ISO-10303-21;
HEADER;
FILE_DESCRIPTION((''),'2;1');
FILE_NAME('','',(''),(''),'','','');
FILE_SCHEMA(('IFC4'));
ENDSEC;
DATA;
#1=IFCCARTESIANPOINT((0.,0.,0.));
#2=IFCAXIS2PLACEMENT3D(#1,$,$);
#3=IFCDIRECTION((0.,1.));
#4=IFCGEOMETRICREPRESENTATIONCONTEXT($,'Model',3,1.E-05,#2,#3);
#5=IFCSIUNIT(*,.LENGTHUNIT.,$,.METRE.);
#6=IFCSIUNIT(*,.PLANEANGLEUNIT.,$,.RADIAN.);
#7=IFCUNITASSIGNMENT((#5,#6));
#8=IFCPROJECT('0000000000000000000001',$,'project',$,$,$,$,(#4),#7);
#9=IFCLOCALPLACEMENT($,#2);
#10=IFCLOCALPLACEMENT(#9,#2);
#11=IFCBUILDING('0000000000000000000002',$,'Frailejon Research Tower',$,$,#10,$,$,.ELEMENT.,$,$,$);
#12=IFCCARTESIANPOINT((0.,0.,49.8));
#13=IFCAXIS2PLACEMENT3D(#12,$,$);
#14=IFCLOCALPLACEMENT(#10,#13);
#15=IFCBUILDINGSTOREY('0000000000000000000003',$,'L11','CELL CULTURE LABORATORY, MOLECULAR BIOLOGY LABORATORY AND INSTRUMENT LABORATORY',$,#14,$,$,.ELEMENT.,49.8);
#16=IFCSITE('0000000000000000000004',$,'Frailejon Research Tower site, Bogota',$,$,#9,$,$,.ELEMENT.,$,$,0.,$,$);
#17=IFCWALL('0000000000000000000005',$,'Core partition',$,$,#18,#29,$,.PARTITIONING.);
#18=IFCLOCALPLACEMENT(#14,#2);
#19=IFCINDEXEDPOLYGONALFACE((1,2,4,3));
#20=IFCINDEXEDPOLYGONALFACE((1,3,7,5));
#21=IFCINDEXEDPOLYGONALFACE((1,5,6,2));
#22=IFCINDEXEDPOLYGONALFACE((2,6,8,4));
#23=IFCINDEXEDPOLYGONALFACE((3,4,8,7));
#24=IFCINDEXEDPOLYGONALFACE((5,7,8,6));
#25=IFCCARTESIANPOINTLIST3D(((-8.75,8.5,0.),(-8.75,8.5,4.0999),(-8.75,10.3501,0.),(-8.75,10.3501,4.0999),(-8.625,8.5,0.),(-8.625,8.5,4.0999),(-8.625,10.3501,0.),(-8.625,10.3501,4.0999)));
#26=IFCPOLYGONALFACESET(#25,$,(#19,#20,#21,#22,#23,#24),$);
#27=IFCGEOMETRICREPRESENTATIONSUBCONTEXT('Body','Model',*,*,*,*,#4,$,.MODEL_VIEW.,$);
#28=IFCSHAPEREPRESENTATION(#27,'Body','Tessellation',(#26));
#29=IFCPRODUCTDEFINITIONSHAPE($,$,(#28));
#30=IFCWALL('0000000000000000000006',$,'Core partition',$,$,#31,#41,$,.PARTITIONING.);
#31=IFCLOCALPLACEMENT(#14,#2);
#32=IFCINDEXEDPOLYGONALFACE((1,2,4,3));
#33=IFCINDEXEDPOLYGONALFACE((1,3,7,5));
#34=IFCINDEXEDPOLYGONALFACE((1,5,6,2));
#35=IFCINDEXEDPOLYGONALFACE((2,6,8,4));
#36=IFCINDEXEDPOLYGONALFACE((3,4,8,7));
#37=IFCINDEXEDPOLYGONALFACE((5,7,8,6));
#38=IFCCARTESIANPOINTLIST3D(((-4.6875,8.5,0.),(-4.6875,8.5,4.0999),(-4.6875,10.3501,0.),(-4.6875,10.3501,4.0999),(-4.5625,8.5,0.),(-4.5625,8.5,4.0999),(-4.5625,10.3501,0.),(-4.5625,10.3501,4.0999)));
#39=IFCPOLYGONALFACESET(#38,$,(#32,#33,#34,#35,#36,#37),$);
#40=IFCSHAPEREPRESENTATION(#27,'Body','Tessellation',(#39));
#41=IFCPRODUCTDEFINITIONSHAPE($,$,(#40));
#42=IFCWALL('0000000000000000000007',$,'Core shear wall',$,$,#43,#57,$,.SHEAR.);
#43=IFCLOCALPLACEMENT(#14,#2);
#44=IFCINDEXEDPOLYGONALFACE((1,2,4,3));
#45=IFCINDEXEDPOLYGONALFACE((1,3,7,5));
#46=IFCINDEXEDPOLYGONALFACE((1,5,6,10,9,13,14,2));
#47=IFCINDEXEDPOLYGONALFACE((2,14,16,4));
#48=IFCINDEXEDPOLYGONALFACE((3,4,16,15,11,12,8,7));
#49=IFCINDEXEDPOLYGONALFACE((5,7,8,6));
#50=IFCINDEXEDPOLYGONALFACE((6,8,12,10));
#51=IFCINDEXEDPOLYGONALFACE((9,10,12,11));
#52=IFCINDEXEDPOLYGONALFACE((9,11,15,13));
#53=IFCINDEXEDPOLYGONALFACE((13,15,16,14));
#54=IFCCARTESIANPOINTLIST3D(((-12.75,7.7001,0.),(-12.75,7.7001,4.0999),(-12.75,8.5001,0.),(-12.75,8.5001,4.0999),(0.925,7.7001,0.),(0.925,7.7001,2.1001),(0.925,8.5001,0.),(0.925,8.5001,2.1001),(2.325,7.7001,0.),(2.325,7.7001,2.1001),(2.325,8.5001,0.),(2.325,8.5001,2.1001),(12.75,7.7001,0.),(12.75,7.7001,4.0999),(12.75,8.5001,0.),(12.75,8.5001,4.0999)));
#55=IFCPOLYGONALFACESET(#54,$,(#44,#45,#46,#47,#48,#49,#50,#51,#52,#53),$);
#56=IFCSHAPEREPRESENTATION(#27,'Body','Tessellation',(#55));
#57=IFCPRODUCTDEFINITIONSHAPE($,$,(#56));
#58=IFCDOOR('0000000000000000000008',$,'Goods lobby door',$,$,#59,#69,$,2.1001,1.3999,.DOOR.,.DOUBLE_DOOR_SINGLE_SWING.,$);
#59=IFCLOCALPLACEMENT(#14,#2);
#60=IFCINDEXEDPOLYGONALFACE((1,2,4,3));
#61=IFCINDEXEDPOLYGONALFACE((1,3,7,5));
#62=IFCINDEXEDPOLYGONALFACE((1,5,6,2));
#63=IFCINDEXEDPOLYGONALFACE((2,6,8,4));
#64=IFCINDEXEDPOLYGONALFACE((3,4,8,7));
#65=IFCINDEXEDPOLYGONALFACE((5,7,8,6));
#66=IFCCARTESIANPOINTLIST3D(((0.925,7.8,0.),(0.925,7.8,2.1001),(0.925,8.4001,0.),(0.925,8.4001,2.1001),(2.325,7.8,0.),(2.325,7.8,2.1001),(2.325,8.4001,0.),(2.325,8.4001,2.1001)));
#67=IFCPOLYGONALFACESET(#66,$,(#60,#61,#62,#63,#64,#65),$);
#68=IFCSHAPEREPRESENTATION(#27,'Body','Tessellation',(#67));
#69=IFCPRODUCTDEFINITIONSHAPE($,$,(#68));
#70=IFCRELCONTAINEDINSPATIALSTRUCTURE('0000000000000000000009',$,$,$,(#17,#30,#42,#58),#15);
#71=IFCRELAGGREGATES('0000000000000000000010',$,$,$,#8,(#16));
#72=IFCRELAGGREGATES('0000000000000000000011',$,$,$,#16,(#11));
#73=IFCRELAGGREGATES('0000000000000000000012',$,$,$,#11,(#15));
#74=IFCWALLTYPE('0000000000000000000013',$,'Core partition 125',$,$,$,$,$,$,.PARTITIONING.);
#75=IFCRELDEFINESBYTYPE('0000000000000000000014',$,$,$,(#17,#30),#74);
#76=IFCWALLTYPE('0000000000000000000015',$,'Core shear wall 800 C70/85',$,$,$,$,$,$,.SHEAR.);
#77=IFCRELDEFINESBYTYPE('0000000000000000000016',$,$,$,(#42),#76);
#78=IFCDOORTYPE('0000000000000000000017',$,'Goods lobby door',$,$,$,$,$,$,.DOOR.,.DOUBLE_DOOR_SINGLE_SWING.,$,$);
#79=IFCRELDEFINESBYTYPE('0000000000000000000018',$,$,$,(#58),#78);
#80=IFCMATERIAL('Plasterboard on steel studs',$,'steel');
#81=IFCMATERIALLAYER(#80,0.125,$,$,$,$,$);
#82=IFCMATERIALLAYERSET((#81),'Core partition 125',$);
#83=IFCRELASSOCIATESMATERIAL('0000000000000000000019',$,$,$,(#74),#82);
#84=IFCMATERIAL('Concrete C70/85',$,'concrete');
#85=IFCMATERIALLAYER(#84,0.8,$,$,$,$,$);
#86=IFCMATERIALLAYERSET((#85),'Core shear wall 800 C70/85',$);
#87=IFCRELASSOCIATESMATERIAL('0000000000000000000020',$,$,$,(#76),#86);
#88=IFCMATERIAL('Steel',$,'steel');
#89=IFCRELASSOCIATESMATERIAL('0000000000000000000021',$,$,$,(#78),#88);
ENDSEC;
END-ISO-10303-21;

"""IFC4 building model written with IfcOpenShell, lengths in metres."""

from ifc_helpers import new_model, si_unit, direction, frame, frame_2d, origin, place, context, subcontext, project, spatial, rectangle, extrude, material, layer, layer_set, type_object, element, fill, save


model = new_model("IFC4")

# Units and contexts
model_context = context("Model", 3, precision=1e-05, world=origin(), true_north=direction((0.0, 1.0)))
body_context = subcontext(model_context, "Body", "Model", "MODEL_VIEW")
ifc_project = project(units=[si_unit("LENGTHUNIT", "METRE"), si_unit("PLANEANGLEUNIT", "RADIAN")], contexts=[model_context])

# Site, building, storey
site_placement = place(None, origin())
site = spatial("IfcSite", under=ifc_project, at=site_placement, Name="Frailejon Research Tower site, Bogota", CompositionType="ELEMENT", RefElevation=0.0)
building_placement = place(site_placement, origin())
building = spatial("IfcBuilding", under=site, at=building_placement, Name="Frailejon Research Tower", CompositionType="ELEMENT")
storey_placement = place(building_placement, frame((0.0, 0.0, 49.8)))
storey = spatial("IfcBuildingStorey", under=building, at=storey_placement, Name="L11", Description="CELL CULTURE LABORATORY, MOLECULAR BIOLOGY LABORATORY AND INSTRUMENT LABORATORY", CompositionType="ELEMENT", Elevation=49.8)

# Walls
ifc_material_1 = material(Name="Plasterboard on steel studs", Category="steel")
ifc_layer_1 = layer(ifc_material_1, 0.125)
ifc_layer_set_1 = layer_set([ifc_layer_1], Name="Core partition 125")
wall_type_1 = type_object("IfcWallType", Name="Core partition 125", PredefinedType="PARTITIONING", material=ifc_layer_set_1)
for number, where, z_axis, x_axis, name in (
    (1, (-8.6875, 8.5, 0.0), (0.0, 0.0, 1.0), (0.0, 1.0, 0.0), "Core partition"),
    (2, (-4.625, 8.5, 0.0), (0.0, 0.0, 1.0), (0.0, 1.0, 0.0), "Core partition"),
):
    element("IfcWall", number, at=place(storey_placement, frame(where, z_axis=z_axis, x_axis=x_axis)), inside=storey, type_object=wall_type_1, Name=name, PredefinedType="PARTITIONING", context=body_context, shape_type="SweptSolid", body=[
        extrude(rectangle(XDim=1.8501, YDim=0.125, at=frame_2d((0.925, 0.0))), origin(), (0.0, 0.0, 1.0), 4.0999),
    ])

# Wall, opening, door
ifc_material_2 = material(Name="Concrete C70/85", Category="concrete")
ifc_layer_2 = layer(ifc_material_2, 0.8)
ifc_layer_set_2 = layer_set([ifc_layer_2], Name="Core shear wall 800 C70/85")
wall_type_2 = type_object("IfcWallType", Name="Core shear wall 800 C70/85", PredefinedType="SHEAR", material=ifc_layer_set_2)
wall_1_placement = place(storey_placement, frame((-12.75, 8.1001, 0.0), z_axis=(0.0, 0.0, 1.0), x_axis=(1.0, 0.0, 0.0)))
wall_1 = element("IfcWall", 3, at=wall_1_placement, inside=storey, type_object=wall_type_2, Name="Core shear wall", PredefinedType="SHEAR", context=body_context, shape_type="SweptSolid", body=[
    extrude(rectangle(XDim=25.5, YDim=0.8, at=frame_2d((12.75, 0.0))), origin(), (0.0, 0.0, 1.0), 4.0999),
])
opening_1_placement = place(wall_1_placement, frame((13.675, 0.0, 0.0)))
opening_1 = element("IfcOpeningElement", 4, at=opening_1_placement, cuts=wall_1, PredefinedType="OPENING", context=body_context, shape_type="SweptSolid", body=[
    extrude(rectangle(XDim=1.3999, YDim=2.1001, at=frame_2d((0.7, 1.05))), frame((0.0, 0.4099, 0.0), z_axis=(0.0, -1.0, 0.0), x_axis=(1.0, 0.0, 0.0)), (0.0, 0.0, 1.0), 0.8201),
])
ifc_material_3 = material(Name="Steel", Category="steel")
door_type_1 = type_object("IfcDoorType", Name="Goods lobby door", OperationType="DOUBLE_DOOR_SINGLE_SWING", PredefinedType="DOOR", material=ifc_material_3)
door_1_placement = place(opening_1_placement, origin())
door_1 = element("IfcDoor", 5, at=door_1_placement, inside=storey, type_object=door_type_1, Name="Goods lobby door", OperationType="DOUBLE_DOOR_SINGLE_SWING", OverallHeight=2.1001, OverallWidth=1.3999, PredefinedType="DOOR", context=body_context, shape_type="SweptSolid", body=[
    extrude(rectangle(XDim=1.3999, YDim=2.1001, at=frame_2d((0.7, 1.05))), frame((0.0, 0.3, 0.0), z_axis=(0.0, -1.0, 0.0), x_axis=(1.0, 0.0, 0.0)), (0.0, 0.0, 1.0), 0.6001),
])
fill(opening_1, door_1)

save(model, "model.ifc")
